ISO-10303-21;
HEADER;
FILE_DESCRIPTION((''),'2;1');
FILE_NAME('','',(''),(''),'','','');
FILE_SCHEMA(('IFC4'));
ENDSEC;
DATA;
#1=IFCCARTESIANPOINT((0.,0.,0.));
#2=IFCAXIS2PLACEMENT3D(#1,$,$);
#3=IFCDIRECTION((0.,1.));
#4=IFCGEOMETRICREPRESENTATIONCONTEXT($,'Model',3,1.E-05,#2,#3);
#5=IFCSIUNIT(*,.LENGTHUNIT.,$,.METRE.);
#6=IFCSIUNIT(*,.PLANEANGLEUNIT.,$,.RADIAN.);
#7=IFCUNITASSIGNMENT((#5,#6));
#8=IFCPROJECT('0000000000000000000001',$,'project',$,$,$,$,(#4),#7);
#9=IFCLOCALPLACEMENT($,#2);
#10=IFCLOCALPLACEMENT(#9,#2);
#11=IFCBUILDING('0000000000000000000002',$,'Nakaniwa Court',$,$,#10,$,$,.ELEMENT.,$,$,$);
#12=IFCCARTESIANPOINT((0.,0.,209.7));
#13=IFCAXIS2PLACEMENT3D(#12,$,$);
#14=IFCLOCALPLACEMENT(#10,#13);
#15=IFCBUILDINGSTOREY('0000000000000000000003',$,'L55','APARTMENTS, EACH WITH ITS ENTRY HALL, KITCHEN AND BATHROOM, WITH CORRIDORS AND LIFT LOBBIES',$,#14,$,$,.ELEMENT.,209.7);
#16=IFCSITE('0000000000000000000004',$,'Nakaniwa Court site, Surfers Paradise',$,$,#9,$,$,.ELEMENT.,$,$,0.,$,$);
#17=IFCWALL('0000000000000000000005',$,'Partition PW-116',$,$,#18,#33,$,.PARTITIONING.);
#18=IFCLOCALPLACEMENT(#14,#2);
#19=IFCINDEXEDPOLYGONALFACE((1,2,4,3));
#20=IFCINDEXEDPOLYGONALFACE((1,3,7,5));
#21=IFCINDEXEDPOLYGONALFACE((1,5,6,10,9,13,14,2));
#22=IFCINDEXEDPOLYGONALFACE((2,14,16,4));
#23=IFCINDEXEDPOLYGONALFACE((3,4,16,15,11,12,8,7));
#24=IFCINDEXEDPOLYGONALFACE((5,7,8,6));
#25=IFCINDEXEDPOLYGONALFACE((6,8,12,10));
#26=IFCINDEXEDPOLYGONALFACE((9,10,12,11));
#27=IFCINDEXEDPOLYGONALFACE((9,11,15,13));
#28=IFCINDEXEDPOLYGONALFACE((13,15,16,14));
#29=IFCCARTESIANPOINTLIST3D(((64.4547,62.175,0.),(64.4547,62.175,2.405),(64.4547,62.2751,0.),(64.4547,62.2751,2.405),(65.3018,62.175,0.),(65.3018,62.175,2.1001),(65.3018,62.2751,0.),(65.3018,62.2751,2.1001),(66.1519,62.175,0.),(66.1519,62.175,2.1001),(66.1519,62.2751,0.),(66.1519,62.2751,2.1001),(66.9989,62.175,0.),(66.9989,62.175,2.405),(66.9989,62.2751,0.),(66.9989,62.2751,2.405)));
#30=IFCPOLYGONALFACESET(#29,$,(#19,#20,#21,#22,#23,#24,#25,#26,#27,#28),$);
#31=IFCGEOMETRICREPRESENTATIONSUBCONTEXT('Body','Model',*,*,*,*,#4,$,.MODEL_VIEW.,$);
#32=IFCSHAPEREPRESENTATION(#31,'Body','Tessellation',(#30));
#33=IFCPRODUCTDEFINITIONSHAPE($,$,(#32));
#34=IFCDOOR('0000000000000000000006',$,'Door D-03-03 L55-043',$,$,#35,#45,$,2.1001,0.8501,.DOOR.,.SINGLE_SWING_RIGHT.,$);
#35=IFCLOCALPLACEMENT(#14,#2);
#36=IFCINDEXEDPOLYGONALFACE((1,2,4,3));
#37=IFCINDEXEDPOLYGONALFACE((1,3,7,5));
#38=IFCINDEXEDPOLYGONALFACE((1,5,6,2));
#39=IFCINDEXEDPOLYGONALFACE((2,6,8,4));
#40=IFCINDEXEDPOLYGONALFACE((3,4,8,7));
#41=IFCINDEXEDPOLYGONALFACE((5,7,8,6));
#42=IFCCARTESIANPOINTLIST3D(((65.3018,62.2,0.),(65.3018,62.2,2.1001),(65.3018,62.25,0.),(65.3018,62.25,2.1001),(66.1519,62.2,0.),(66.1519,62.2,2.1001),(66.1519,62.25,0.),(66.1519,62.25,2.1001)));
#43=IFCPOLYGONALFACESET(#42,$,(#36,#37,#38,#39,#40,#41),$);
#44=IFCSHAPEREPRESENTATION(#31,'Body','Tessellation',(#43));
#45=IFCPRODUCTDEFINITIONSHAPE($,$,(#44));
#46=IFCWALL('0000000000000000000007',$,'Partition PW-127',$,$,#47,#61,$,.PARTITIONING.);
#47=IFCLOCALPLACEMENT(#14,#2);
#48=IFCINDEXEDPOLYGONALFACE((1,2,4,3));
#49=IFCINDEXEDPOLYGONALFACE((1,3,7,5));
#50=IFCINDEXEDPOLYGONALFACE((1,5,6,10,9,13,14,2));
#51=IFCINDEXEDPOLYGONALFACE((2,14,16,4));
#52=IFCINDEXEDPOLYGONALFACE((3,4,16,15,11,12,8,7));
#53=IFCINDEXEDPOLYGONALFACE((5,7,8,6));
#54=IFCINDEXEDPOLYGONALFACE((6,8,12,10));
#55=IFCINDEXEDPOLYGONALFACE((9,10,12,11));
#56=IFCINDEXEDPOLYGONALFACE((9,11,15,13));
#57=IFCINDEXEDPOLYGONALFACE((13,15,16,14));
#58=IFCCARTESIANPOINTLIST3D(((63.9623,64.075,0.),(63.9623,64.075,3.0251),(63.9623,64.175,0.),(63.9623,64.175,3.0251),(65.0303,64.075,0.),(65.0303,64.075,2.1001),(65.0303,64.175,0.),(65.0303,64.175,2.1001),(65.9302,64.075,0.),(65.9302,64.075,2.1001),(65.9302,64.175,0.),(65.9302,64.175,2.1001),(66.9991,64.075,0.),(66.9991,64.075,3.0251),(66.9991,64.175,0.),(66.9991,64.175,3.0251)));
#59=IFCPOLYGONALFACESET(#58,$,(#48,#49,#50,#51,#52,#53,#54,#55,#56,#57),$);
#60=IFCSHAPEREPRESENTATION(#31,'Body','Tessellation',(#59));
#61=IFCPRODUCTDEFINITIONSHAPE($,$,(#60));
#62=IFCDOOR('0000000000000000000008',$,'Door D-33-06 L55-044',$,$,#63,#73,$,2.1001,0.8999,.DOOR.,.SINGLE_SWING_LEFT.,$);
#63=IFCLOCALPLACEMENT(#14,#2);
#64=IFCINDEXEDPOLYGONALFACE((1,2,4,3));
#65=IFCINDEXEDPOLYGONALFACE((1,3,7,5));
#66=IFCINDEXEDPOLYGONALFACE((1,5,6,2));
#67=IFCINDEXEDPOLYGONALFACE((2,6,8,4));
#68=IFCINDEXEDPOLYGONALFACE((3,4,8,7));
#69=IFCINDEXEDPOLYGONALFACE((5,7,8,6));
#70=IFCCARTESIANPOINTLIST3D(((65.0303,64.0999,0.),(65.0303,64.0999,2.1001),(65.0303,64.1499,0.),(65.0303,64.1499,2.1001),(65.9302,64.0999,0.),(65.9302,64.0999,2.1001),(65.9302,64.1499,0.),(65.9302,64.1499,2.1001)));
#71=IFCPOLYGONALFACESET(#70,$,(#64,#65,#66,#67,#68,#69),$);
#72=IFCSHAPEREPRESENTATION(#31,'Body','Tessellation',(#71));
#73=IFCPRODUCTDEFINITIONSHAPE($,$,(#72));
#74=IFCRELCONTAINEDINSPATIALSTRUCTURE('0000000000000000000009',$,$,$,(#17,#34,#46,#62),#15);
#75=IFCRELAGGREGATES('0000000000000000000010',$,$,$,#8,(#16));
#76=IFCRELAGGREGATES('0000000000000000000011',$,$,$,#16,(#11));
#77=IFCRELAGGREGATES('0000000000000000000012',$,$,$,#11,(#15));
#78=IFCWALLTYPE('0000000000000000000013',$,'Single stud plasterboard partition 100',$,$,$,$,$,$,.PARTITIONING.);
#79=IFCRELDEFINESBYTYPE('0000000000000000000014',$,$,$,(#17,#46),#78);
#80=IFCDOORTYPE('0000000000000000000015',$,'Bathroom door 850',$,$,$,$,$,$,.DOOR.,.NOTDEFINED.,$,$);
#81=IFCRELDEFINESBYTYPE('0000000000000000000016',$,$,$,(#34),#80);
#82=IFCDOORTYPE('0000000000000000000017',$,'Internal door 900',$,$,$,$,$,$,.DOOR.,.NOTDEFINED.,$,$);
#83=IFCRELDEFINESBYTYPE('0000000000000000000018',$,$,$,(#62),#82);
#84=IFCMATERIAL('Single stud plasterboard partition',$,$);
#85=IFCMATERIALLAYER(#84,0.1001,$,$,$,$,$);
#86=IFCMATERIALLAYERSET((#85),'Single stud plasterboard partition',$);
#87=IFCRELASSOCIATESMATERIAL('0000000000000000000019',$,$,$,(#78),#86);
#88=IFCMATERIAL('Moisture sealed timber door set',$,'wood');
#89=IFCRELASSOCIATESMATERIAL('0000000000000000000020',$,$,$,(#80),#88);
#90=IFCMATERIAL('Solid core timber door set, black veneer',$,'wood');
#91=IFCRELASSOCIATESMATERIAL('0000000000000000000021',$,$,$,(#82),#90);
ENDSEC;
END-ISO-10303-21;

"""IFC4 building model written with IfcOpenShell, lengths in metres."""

from ifc_helpers import new_model, si_unit, direction, frame, frame_2d, origin, place, context, subcontext, project, spatial, rectangle, extrude, material, layer, layer_set, type_object, element, fill, save


model = new_model("IFC4")

# Units and contexts
model_context = context("Model", 3, precision=1e-05, world=origin(), true_north=direction((0.0, 1.0)))
body_context = subcontext(model_context, "Body", "Model", "MODEL_VIEW")
ifc_project = project(units=[si_unit("LENGTHUNIT", "METRE"), si_unit("PLANEANGLEUNIT", "RADIAN")], contexts=[model_context])

# Site, building, storey
site_placement = place(None, origin())
site = spatial("IfcSite", under=ifc_project, at=site_placement, Name="Nakaniwa Court site, Surfers Paradise", CompositionType="ELEMENT", RefElevation=0.0)
building_placement = place(site_placement, origin())
building = spatial("IfcBuilding", under=site, at=building_placement, Name="Nakaniwa Court", CompositionType="ELEMENT")
storey_placement = place(building_placement, frame((0.0, 0.0, 209.7)))
storey = spatial("IfcBuildingStorey", under=building, at=storey_placement, Name="L55", Description="APARTMENTS, EACH WITH ITS ENTRY HALL, KITCHEN AND BATHROOM, WITH CORRIDORS AND LIFT LOBBIES", CompositionType="ELEMENT", Elevation=209.7)

# Shared definitions
ifc_material_1 = material(Name="Solid core timber door set, black veneer", Category="wood")

# Walls, openings, doors
ifc_material_2 = material(Name="Single stud plasterboard partition")
ifc_layer_1 = layer(ifc_material_2, 0.1001)
ifc_layer_set_1 = layer_set([ifc_layer_1], Name="Single stud plasterboard partition")
wall_type_1 = type_object("IfcWallType", Name="Single stud plasterboard partition 100", PredefinedType="PARTITIONING", material=ifc_layer_set_1)
wall_1_placement = place(storey_placement, frame((64.4548, 62.2251, 0.0), z_axis=(0.0, 0.0, 1.0), x_axis=(1.0, 0.0, 0.0)))
wall_1 = element("IfcWall", 1, at=wall_1_placement, inside=storey, type_object=wall_type_1, Name="Partition PW-116", PredefinedType="PARTITIONING", context=body_context, shape_type="SweptSolid", body=[
    extrude(rectangle(XDim=2.5442, YDim=0.1001, at=frame_2d((1.272, 0.0))), origin(), (0.0, 0.0, 1.0), 2.405),
])
opening_1_placement = place(wall_1_placement, frame((0.8469, 0.0, 0.0)))
opening_1 = element("IfcOpeningElement", 2, at=opening_1_placement, cuts=wall_1, PredefinedType="OPENING", context=body_context, shape_type="SweptSolid", body=[
    extrude(rectangle(XDim=0.8501, YDim=2.1001, at=frame_2d((0.425, 1.05))), frame((0.0, 0.0601, 0.0), z_axis=(0.0, -1.0, 0.0), x_axis=(1.0, 0.0, 0.0)), (0.0, 0.0, 1.0), 0.1201),
])
ifc_material_3 = material(Name="Moisture sealed timber door set", Category="wood")
door_type_1 = type_object("IfcDoorType", Name="Bathroom door 850", OperationType="NOTDEFINED", PredefinedType="DOOR", material=ifc_material_3)
door_1_placement = place(opening_1_placement, origin())
door_1 = element("IfcDoor", 3, at=door_1_placement, inside=storey, type_object=door_type_1, Name="Door D-03-03 L55-043", OperationType="SINGLE_SWING_RIGHT", OverallHeight=2.1001, OverallWidth=0.8501, PredefinedType="DOOR", context=body_context, shape_type="SweptSolid", body=[
    extrude(rectangle(XDim=0.8501, YDim=2.1001, at=frame_2d((0.425, 1.05))), frame((0.0, 0.0249, 0.0), z_axis=(0.0, -1.0, 0.0), x_axis=(1.0, 0.0, 0.0)), (0.0, 0.0, 1.0), 0.05),
])
fill(opening_1, door_1)
wall_2_placement = place(storey_placement, frame((63.9622, 64.125, 0.0), z_axis=(0.0, 0.0, 1.0), x_axis=(1.0, 0.0, 0.0)))
wall_2 = element("IfcWall", 4, at=wall_2_placement, inside=storey, type_object=wall_type_1, Name="Partition PW-127", PredefinedType="PARTITIONING", context=body_context, shape_type="SweptSolid", body=[
    extrude(rectangle(XDim=3.0369, YDim=0.1001, at=frame_2d((1.5186, 0.0))), origin(), (0.0, 0.0, 1.0), 3.0251),
])
opening_2_placement = place(wall_2_placement, frame((1.0681, 0.0, 0.0)))
opening_2 = element("IfcOpeningElement", 5, at=opening_2_placement, cuts=wall_2, PredefinedType="OPENING", context=body_context, shape_type="SweptSolid", body=[
    extrude(rectangle(XDim=0.8999, YDim=2.1001, at=frame_2d((0.45, 1.05))), frame((0.0, 0.0601, 0.0), z_axis=(0.0, -1.0, 0.0), x_axis=(1.0, 0.0, 0.0)), (0.0, 0.0, 1.0), 0.1201),
])
door_type_2 = type_object("IfcDoorType", Name="Internal door 900", OperationType="NOTDEFINED", PredefinedType="DOOR", material=ifc_material_1)
door_2_placement = place(opening_2_placement, origin())
door_2 = element("IfcDoor", 6, at=door_2_placement, inside=storey, type_object=door_type_2, Name="Door D-33-06 L55-044", OperationType="SINGLE_SWING_LEFT", OverallHeight=2.1001, OverallWidth=0.8999, PredefinedType="DOOR", context=body_context, shape_type="SweptSolid", body=[
    extrude(rectangle(XDim=0.8999, YDim=2.1001, at=frame_2d((0.45, 1.05))), frame((0.0, 0.0249, 0.0), z_axis=(0.0, -1.0, 0.0), x_axis=(1.0, 0.0, 0.0)), (0.0, 0.0, 1.0), 0.05),
])
fill(opening_2, door_2)

save(model, "model.ifc")
